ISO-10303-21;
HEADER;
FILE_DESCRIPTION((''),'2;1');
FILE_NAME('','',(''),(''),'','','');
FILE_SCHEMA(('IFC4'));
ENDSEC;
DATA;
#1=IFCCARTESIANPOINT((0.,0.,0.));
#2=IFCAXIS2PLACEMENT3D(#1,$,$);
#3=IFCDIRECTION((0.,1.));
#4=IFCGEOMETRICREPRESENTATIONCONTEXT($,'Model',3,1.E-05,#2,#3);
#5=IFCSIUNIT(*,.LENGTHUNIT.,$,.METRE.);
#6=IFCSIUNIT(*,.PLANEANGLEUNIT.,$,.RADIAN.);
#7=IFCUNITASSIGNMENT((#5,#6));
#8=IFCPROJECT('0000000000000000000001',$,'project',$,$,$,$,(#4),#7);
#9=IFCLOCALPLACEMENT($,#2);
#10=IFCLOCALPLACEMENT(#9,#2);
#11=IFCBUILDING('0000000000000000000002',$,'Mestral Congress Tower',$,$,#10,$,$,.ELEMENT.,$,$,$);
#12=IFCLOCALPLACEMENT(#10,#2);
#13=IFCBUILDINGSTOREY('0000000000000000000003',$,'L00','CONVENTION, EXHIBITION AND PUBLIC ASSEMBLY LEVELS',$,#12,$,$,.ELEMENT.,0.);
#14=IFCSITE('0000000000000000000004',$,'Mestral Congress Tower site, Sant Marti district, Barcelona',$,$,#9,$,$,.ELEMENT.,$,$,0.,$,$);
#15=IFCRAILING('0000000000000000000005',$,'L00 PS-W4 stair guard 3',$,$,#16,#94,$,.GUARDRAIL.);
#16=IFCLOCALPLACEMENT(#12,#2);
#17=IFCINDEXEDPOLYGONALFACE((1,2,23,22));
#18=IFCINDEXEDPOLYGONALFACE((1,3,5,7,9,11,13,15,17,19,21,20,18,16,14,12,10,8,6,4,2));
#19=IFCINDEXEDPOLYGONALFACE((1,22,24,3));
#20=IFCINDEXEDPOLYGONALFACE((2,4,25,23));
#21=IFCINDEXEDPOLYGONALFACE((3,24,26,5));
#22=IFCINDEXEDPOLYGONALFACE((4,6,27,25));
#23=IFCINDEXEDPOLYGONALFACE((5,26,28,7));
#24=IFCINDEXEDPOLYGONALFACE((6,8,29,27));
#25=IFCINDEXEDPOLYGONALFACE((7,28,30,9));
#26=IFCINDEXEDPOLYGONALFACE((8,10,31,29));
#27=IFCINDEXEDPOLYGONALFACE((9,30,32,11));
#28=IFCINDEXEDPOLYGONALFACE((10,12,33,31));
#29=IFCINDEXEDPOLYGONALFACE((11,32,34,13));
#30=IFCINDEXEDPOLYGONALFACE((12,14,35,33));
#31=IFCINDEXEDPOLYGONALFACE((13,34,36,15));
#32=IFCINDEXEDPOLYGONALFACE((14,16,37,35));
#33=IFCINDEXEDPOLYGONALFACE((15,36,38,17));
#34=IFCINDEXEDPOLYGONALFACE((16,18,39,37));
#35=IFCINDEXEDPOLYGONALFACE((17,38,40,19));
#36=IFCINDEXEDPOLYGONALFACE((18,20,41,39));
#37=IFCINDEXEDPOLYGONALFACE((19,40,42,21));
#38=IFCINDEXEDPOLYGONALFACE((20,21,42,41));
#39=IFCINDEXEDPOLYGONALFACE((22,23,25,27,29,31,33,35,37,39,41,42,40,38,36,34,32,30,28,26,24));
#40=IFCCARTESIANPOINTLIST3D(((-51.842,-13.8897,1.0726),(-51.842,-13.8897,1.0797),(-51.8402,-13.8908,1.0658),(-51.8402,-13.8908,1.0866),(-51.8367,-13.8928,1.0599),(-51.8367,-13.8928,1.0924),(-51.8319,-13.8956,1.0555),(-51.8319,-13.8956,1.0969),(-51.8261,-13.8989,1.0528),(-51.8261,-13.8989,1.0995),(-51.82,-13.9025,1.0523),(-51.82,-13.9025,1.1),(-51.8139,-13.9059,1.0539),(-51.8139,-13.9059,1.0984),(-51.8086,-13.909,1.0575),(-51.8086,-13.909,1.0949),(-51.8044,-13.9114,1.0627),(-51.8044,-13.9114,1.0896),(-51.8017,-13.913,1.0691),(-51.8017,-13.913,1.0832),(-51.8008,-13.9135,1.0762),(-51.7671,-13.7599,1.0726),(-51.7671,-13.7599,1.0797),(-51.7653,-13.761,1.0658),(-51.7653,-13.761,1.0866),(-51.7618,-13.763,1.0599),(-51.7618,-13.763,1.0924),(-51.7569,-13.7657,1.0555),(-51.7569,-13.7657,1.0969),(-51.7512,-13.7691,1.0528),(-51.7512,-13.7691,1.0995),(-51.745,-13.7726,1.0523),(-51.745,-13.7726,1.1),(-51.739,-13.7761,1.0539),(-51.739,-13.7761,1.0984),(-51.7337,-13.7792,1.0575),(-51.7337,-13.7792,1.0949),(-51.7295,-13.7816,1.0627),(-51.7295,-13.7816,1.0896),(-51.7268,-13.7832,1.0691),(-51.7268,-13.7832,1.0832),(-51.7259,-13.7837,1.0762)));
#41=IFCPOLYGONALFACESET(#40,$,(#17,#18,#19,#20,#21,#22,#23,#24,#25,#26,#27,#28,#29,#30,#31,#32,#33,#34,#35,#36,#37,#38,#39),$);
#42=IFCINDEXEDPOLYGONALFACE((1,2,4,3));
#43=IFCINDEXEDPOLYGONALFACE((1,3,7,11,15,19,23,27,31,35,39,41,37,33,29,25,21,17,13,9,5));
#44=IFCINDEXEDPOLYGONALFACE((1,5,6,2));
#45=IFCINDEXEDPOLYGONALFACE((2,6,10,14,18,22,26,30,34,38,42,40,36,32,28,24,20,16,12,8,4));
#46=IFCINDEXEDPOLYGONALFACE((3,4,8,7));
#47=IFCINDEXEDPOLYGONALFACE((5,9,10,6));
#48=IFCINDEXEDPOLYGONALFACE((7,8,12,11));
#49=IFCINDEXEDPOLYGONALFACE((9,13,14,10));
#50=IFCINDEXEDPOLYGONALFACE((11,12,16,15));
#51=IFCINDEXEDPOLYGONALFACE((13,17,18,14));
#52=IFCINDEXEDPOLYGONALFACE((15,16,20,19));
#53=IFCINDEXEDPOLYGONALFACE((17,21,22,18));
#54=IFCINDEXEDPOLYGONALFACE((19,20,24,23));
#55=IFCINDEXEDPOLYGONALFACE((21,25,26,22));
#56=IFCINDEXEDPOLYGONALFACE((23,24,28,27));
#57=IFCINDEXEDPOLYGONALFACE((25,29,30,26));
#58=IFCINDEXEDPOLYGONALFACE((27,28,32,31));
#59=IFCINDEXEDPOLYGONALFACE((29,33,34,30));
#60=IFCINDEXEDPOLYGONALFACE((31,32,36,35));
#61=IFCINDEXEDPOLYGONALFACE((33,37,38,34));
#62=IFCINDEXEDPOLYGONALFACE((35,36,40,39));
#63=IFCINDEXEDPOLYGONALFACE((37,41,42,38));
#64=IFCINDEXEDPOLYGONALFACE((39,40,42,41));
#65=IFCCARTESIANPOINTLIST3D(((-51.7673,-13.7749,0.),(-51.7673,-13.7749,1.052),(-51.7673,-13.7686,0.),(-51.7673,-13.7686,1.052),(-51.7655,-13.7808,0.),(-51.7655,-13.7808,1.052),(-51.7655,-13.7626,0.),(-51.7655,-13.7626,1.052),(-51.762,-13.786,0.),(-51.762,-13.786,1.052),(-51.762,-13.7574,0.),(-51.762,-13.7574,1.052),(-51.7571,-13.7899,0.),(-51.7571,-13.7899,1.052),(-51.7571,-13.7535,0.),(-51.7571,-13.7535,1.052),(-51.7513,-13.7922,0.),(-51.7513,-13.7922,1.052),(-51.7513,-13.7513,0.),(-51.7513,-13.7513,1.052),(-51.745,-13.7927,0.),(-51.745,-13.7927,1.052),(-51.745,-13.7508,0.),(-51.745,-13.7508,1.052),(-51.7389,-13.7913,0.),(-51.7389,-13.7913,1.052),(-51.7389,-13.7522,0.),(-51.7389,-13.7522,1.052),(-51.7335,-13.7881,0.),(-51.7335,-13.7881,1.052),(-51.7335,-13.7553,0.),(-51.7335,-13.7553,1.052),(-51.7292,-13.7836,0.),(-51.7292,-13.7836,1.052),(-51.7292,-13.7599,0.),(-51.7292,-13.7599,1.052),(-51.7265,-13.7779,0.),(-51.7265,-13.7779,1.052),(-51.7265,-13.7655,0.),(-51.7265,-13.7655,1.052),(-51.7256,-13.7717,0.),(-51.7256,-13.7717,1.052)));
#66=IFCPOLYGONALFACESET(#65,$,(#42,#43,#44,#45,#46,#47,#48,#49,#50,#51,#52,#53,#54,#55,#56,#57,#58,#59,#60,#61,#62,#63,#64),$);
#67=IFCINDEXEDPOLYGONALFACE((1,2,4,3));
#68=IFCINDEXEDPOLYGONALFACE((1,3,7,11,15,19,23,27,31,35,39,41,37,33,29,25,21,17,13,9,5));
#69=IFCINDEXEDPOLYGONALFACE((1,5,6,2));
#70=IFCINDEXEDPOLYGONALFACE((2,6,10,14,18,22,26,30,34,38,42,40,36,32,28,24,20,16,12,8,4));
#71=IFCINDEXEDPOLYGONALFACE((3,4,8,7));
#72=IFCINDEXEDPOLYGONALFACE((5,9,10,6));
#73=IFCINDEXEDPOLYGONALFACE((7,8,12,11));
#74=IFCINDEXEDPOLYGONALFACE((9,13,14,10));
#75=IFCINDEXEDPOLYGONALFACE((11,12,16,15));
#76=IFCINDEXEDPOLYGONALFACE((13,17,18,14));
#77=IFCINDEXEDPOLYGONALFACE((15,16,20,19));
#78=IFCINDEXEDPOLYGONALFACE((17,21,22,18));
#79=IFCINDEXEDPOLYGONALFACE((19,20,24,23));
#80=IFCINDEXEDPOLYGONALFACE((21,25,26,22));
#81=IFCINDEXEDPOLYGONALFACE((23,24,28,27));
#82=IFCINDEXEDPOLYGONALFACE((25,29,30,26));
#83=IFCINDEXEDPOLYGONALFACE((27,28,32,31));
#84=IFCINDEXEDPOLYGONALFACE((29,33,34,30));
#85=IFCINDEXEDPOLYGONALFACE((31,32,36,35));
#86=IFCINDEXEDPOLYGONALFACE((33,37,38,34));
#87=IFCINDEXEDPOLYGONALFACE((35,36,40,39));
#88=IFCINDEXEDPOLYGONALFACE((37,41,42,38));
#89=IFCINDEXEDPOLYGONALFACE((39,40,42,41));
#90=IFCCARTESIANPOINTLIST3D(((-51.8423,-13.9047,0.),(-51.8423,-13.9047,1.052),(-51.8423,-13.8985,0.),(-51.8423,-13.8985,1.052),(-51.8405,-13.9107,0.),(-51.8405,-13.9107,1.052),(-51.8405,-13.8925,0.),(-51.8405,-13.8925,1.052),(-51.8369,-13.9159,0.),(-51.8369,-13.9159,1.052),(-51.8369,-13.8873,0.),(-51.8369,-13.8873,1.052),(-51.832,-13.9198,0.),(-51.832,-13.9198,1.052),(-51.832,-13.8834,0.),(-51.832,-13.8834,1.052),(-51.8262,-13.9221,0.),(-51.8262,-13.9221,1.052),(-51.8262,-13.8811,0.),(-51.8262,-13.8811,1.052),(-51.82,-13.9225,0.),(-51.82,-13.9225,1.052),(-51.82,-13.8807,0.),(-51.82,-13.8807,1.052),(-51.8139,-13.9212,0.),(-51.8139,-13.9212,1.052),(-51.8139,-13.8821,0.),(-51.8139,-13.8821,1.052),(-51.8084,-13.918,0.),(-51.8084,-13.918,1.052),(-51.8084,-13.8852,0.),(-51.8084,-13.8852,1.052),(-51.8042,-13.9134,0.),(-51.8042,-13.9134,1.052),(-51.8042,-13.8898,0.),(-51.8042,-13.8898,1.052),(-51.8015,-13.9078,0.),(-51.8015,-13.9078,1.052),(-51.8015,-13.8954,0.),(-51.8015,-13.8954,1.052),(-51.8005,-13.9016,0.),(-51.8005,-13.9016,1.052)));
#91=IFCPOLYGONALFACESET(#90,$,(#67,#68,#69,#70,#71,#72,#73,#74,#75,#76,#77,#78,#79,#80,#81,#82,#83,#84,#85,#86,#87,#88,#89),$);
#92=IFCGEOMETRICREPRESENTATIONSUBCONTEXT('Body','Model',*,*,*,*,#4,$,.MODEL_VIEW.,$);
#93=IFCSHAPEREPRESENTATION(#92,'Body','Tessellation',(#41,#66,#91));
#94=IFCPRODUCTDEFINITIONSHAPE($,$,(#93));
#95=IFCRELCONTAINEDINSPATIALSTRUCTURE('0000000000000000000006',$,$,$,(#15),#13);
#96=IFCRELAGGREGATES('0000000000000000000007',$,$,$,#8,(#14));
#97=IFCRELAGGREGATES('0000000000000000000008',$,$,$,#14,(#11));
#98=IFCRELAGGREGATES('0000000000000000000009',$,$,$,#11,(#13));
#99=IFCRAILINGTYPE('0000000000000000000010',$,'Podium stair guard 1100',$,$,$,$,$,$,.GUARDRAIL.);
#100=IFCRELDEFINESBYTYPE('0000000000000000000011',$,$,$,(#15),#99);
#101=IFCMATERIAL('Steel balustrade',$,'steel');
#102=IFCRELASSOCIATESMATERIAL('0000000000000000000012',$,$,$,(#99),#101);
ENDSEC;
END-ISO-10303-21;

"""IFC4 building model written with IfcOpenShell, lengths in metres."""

from ifc_helpers import new_model, si_unit, direction, frame, origin, origin_2d, place, context, subcontext, project, spatial, circle, extrude, material, type_object, element, save


model = new_model("IFC4")

# Units and contexts
model_context = context("Model", 3, precision=1e-05, world=origin(), true_north=direction((0.0, 1.0)))
body_context = subcontext(model_context, "Body", "Model", "MODEL_VIEW")
ifc_project = project(units=[si_unit("LENGTHUNIT", "METRE"), si_unit("PLANEANGLEUNIT", "RADIAN")], contexts=[model_context])

# Site, building, storey
site_placement = place(None, origin())
site = spatial("IfcSite", under=ifc_project, at=site_placement, Name="Mestral Congress Tower site, Sant Marti district, Barcelona", CompositionType="ELEMENT", RefElevation=0.0)
building_placement = place(site_placement, origin())
building = spatial("IfcBuilding", under=site, at=building_placement, Name="Mestral Congress Tower", CompositionType="ELEMENT")
storey_placement = place(building_placement, origin())
storey = spatial("IfcBuildingStorey", under=building, at=storey_placement, Name="L00", Description="CONVENTION, EXHIBITION AND PUBLIC ASSEMBLY LEVELS", CompositionType="ELEMENT", Elevation=0.0)

# Railing
ifc_material_1 = material(Name="Steel balustrade", Category="steel")
railing_type_1 = type_object("IfcRailingType", Name="Podium stair guard 1100", PredefinedType="GUARDRAIL", material=ifc_material_1)
railing_1_placement = place(storey_placement, frame((-51.7466, -13.7717, 0.0)))
element("IfcRailing", 1, at=railing_1_placement, inside=storey, type_object=railing_type_1, Name="L00 PS-W4 stair guard 3", PredefinedType="GUARDRAIL", context=body_context, shape_type="SweptSolid", body=[
    extrude(circle(Radius=0.0239, at=origin_2d()), frame((0.0, 0.0, 1.0762), z_axis=(-0.499816, -0.866131, 0.0), x_axis=(0.866131, -0.499816, 0.0)), (0.0, 0.0, 1.0), 0.1499),
    extrude(circle(Radius=0.021, at=origin_2d()), origin(), (0.0, 0.0, 1.0), 1.052),
    extrude(circle(Radius=0.021, at=origin_2d()), frame((-0.075, -0.1299, 0.0)), (0.0, 0.0, 1.0), 1.052),
])

save(model, "model.ifc")
